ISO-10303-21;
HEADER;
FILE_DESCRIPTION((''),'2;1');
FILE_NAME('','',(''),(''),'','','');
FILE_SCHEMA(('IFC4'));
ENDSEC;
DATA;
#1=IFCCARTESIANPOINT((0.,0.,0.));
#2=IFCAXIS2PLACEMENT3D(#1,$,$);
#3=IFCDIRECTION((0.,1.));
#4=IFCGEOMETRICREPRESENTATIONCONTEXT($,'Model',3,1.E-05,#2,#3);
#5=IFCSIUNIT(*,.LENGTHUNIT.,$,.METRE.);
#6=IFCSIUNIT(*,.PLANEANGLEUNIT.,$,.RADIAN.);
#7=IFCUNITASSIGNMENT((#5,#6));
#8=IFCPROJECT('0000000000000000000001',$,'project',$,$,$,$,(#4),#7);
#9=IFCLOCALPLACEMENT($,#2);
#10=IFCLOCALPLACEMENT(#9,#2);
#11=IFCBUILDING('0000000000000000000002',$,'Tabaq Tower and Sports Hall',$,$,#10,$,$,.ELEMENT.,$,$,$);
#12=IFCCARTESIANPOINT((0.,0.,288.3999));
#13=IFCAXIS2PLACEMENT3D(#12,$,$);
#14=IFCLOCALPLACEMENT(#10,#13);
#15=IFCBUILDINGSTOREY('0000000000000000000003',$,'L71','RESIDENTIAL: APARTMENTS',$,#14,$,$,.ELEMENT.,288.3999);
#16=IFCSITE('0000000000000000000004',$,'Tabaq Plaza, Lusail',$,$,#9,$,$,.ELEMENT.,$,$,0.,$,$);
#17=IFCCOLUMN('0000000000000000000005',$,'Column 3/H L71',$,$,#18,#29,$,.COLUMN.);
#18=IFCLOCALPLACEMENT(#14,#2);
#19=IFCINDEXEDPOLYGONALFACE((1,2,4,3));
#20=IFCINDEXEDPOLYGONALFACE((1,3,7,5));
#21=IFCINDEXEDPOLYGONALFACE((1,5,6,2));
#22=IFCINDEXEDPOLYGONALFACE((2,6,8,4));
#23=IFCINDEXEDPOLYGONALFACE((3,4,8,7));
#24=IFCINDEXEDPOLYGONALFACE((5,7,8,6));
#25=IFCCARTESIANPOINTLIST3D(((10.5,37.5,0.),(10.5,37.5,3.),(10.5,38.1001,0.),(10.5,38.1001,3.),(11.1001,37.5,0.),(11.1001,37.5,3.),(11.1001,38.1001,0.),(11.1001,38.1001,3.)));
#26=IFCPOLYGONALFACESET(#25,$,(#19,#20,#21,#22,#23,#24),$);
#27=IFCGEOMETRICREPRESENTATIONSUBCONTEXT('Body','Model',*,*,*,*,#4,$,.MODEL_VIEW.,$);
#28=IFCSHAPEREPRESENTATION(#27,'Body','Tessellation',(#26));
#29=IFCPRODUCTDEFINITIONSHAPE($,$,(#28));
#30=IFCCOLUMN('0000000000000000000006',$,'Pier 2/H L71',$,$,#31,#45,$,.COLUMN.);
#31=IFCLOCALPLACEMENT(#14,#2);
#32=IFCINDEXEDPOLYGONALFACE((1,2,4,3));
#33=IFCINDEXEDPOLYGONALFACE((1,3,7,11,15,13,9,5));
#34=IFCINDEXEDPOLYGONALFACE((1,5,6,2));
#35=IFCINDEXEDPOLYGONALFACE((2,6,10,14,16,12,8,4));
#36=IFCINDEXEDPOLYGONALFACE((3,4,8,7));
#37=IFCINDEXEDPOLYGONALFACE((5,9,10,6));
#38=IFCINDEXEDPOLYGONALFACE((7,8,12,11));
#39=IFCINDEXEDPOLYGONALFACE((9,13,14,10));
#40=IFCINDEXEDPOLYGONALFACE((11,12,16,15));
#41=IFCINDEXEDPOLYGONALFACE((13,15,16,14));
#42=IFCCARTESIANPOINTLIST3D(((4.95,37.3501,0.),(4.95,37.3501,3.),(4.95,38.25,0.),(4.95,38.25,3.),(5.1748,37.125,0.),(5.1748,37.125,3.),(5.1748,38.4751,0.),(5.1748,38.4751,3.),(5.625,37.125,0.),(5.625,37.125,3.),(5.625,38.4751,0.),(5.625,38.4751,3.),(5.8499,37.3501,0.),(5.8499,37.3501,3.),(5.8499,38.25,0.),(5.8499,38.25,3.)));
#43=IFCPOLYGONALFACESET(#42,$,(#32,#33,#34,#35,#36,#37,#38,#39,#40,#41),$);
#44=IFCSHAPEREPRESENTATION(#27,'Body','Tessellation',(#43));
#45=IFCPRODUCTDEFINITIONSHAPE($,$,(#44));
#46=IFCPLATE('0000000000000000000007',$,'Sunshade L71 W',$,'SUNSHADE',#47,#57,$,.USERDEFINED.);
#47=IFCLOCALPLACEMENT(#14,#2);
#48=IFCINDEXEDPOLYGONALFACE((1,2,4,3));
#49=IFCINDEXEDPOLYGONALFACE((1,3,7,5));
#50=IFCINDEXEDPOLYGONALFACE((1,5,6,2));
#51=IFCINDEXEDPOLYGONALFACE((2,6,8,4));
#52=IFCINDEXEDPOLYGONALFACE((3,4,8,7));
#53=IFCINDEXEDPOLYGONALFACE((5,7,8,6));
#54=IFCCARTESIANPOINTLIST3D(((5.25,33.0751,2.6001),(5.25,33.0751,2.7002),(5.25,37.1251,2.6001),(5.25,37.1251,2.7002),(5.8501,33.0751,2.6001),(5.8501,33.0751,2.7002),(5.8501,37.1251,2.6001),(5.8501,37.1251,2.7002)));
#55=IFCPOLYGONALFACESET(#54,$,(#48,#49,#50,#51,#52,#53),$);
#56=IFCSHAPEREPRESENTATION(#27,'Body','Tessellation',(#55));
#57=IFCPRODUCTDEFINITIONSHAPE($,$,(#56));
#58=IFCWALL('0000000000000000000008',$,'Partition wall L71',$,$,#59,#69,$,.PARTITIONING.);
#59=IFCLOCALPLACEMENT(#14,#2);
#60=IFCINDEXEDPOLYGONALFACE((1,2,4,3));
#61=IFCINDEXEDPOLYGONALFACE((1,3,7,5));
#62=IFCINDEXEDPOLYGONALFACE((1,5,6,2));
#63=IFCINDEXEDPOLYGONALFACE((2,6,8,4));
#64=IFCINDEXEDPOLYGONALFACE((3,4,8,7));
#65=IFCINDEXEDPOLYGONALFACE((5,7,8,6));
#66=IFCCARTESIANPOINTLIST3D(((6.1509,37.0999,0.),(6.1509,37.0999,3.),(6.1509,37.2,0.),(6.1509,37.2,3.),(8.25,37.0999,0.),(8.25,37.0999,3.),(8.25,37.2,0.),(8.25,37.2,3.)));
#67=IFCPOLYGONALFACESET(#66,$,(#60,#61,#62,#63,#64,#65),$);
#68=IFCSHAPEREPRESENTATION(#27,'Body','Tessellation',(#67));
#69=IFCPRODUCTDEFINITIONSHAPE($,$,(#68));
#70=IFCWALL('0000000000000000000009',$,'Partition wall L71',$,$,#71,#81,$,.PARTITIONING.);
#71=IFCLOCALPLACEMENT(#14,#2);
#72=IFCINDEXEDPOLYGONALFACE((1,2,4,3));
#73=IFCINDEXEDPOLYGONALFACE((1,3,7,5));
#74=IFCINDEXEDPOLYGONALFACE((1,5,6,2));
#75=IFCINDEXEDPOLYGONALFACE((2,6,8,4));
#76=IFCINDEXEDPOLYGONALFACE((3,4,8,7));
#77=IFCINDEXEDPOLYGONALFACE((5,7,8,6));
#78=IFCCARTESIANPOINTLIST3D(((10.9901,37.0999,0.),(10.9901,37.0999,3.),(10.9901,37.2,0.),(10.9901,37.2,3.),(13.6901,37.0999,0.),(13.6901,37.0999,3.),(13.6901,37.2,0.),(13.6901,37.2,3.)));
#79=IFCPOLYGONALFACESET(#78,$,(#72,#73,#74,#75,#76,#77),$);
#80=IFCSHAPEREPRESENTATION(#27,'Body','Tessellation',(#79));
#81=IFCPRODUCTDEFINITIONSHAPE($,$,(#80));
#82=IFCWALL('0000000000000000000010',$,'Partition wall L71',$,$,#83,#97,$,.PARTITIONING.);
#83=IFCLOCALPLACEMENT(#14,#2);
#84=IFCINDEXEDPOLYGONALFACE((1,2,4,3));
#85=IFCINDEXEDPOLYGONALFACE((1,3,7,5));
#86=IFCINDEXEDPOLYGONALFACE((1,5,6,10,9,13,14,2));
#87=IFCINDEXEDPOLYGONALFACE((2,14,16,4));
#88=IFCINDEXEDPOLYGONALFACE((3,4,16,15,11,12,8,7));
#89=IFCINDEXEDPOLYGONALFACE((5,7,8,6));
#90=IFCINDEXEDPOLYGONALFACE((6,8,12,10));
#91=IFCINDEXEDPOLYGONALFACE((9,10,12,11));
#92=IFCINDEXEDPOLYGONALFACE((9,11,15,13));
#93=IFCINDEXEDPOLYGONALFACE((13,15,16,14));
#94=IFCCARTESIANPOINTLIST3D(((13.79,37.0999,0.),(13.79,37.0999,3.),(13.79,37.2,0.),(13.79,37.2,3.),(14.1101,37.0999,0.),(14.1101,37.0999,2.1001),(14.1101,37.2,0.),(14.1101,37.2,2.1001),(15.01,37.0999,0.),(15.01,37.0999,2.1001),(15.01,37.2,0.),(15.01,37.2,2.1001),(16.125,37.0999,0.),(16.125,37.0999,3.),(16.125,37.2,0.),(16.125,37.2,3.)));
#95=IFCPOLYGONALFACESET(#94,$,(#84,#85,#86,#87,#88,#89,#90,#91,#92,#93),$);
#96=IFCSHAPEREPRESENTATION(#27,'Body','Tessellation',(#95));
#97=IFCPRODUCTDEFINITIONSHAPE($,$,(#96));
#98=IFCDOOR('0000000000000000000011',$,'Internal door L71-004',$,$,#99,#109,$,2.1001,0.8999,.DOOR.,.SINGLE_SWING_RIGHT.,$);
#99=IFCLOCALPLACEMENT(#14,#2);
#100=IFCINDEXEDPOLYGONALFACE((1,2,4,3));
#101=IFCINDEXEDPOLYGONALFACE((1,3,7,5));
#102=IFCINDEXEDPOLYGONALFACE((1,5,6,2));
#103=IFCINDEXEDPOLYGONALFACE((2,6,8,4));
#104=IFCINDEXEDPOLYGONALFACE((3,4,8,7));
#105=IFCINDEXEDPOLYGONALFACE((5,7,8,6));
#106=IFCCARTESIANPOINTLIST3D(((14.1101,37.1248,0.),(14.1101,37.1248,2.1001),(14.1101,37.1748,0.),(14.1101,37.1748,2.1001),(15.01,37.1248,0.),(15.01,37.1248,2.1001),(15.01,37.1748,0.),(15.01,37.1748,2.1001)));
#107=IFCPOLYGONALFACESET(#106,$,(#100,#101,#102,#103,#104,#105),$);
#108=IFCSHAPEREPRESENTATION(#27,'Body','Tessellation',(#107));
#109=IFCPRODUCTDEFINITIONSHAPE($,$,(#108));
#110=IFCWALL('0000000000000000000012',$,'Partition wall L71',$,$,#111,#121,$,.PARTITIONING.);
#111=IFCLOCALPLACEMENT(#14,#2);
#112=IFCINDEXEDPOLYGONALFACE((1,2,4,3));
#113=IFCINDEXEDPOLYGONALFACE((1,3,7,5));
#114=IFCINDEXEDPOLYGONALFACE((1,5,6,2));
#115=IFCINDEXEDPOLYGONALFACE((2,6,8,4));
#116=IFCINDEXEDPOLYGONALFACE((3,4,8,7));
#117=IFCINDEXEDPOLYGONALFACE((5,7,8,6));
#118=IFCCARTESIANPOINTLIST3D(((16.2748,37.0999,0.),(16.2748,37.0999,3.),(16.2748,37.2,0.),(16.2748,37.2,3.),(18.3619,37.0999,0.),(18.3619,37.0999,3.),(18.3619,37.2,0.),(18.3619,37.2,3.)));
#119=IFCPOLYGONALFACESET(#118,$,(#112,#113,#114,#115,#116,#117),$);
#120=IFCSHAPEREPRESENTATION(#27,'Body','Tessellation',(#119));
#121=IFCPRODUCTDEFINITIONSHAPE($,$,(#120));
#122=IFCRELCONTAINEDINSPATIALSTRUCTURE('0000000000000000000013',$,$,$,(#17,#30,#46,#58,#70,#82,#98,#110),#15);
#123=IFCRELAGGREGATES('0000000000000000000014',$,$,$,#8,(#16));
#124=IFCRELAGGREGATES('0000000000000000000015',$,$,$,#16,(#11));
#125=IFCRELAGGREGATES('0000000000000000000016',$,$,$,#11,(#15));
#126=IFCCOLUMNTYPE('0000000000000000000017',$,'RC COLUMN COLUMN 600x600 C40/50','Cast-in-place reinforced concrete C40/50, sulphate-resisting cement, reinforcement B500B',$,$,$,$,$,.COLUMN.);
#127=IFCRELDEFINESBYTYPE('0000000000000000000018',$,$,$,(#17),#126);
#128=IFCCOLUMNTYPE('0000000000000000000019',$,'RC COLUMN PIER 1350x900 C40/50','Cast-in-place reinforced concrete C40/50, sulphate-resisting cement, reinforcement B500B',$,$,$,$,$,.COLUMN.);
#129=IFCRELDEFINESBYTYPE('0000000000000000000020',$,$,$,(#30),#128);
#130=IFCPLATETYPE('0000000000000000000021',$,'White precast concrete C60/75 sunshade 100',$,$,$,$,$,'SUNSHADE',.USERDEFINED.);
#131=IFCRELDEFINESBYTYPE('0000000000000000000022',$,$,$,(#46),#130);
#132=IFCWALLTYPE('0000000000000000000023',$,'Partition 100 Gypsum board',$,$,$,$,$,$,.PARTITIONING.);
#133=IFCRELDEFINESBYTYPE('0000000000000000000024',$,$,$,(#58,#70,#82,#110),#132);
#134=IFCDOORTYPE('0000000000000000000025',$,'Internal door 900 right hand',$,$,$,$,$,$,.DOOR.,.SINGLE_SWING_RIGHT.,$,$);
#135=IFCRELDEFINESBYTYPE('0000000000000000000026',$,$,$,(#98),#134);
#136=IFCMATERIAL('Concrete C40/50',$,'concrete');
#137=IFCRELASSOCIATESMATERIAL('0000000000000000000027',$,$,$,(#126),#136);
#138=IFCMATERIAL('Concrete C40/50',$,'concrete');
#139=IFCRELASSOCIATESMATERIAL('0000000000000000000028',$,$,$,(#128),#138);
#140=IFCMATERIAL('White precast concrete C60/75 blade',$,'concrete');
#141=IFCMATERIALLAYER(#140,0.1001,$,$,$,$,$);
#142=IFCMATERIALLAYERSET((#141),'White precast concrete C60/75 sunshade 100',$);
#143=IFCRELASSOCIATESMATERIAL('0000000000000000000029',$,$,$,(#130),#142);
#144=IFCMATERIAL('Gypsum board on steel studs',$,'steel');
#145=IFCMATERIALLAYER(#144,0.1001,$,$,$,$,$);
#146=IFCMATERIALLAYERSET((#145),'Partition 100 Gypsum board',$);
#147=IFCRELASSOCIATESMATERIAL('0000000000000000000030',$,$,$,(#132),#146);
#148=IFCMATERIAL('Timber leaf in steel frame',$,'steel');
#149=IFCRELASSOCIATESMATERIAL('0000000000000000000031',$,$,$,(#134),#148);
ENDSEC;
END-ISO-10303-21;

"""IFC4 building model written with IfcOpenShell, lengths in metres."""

from ifc_helpers import new_model, si_unit, direction, frame, frame_2d, origin, origin_2d, place, context, subcontext, project, spatial, polyline, rectangle, outline, extrude, material, layer, layer_set, material_profile, profile_set, type_object, element, fill, save


model = new_model("IFC4")

# Units and contexts
model_context = context("Model", 3, precision=1e-05, world=origin(), true_north=direction((0.0, 1.0)))
body_context = subcontext(model_context, "Body", "Model", "MODEL_VIEW")
ifc_project = project(units=[si_unit("LENGTHUNIT", "METRE"), si_unit("PLANEANGLEUNIT", "RADIAN")], contexts=[model_context])

# Site, building, storey
site_placement = place(None, origin())
site = spatial("IfcSite", under=ifc_project, at=site_placement, Name="Tabaq Plaza, Lusail", CompositionType="ELEMENT", RefElevation=0.0)
building_placement = place(site_placement, origin())
building = spatial("IfcBuilding", under=site, at=building_placement, Name="Tabaq Tower and Sports Hall", CompositionType="ELEMENT")
storey_placement = place(building_placement, frame((0.0, 0.0, 288.3999)))
storey = spatial("IfcBuildingStorey", under=building, at=storey_placement, Name="L71", Description="RESIDENTIAL: APARTMENTS", CompositionType="ELEMENT", Elevation=288.3999)

# Columns
ifc_material_1 = material(Name="Concrete C40/50", Category="concrete")
ifc_material_profile_1 = material_profile(ifc_material_1, rectangle(XDim=0.6001, YDim=0.6001, at=origin_2d()), Name="COLUMN 600x600")
ifc_profile_set_1 = profile_set([ifc_material_profile_1], Name="Concrete C40/50")
column_type_1 = type_object("IfcColumnType", Name="RC COLUMN COLUMN 600x600 C40/50", Description="Cast-in-place reinforced concrete C40/50, sulphate-resisting cement, reinforcement B500B", PredefinedType="COLUMN", material=ifc_profile_set_1)
column_1_placement = place(storey_placement, frame((10.8, 37.8, 0.0), z_axis=(0.0, 0.0, 1.0), x_axis=(1.0, 0.0, 0.0)))
element("IfcColumn", 1, at=column_1_placement, inside=storey, type_object=column_type_1, Name="Column 3/H L71", PredefinedType="COLUMN", context=body_context, shape_type="SweptSolid", body=[
    extrude(rectangle(XDim=0.6001, YDim=0.6001, at=origin_2d()), origin(), (0.0, 0.0, 1.0), 3.0),
])
ifc_material_2 = material(Name="Concrete C40/50", Category="concrete")
ifc_material_profile_2 = material_profile(ifc_material_2, outline(polyline([(-0.45, -0.45), (0.45, -0.45), (0.675, -0.2251), (0.675, 0.2251), (0.45, 0.45), (-0.45, 0.45), (-0.675, 0.2251), (-0.675, -0.2251), (-0.45, -0.45)])), Name="PIER 1350x900")
ifc_profile_set_2 = profile_set([ifc_material_profile_2], Name="Concrete C40/50")
column_type_2 = type_object("IfcColumnType", Name="RC COLUMN PIER 1350x900 C40/50", Description="Cast-in-place reinforced concrete C40/50, sulphate-resisting cement, reinforcement B500B", PredefinedType="COLUMN", material=ifc_profile_set_2)
column_2_placement = place(storey_placement, frame((5.3999, 37.8, 0.0), z_axis=(0.0, 0.0, 1.0), x_axis=(0.0, 1.0, 0.0)))
element("IfcColumn", 2, at=column_2_placement, inside=storey, type_object=column_type_2, Name="Pier 2/H L71", PredefinedType="COLUMN", context=body_context, shape_type="SweptSolid", body=[
    extrude(outline(polyline([(-0.45, -0.45), (0.45, -0.45), (0.675, -0.2251), (0.675, 0.2251), (0.45, 0.45), (-0.45, 0.45), (-0.675, 0.2251), (-0.675, -0.2251), (-0.45, -0.45)])), origin(), (0.0, 0.0, 1.0), 3.0),
])

# Plate
ifc_material_3 = material(Name="White precast concrete C60/75 blade", Category="concrete")
ifc_layer_1 = layer(ifc_material_3, 0.1001)
ifc_layer_set_1 = layer_set([ifc_layer_1], Name="White precast concrete C60/75 sunshade 100")
plate_type_1 = type_object("IfcPlateType", Name="White precast concrete C60/75 sunshade 100", ElementType="SUNSHADE", PredefinedType="USERDEFINED", material=ifc_layer_set_1)
plate_1_placement = place(storey_placement, frame((5.55, 35.1001, 2.6001), z_axis=(0.0, 0.0, 1.0), x_axis=(0.0, -1.0, 0.0)))
element("IfcPlate", 3, at=plate_1_placement, inside=storey, type_object=plate_type_1, Name="Sunshade L71 W", ObjectType="SUNSHADE", PredefinedType="USERDEFINED", context=body_context, shape_type="SweptSolid", body=[
    extrude(rectangle(XDim=4.05, YDim=0.6001, at=origin_2d()), origin(), (0.0, 0.0, 1.0), 0.1001),
])

# Walls
ifc_material_4 = material(Name="Gypsum board on steel studs", Category="steel")
ifc_layer_2 = layer(ifc_material_4, 0.1001)
ifc_layer_set_2 = layer_set([ifc_layer_2], Name="Partition 100 Gypsum board")
wall_type = type_object("IfcWallType", Name="Partition 100 Gypsum board", PredefinedType="PARTITIONING", material=ifc_layer_set_2)
wall_1_placement = place(storey_placement, frame((6.1509, 37.1499, 0.0), z_axis=(0.0, 0.0, 1.0), x_axis=(1.0, 0.0, 0.0)))
element("IfcWall", 4, at=wall_1_placement, inside=storey, type_object=wall_type, Name="Partition wall L71", PredefinedType="PARTITIONING", context=body_context, shape_type="SweptSolid", body=[
    extrude(rectangle(XDim=2.0991, YDim=0.1001, at=frame_2d((1.0496, 0.0))), origin(), (0.0, 0.0, 1.0), 3.0),
])
wall_2_placement = place(storey_placement, frame((10.99, 37.1499, 0.0), z_axis=(0.0, 0.0, 1.0), x_axis=(1.0, 0.0, 0.0)))
element("IfcWall", 5, at=wall_2_placement, inside=storey, type_object=wall_type, Name="Partition wall L71", PredefinedType="PARTITIONING", context=body_context, shape_type="SweptSolid", body=[
    extrude(rectangle(XDim=2.7, YDim=0.1001, at=frame_2d((1.3501, 0.0))), origin(), (0.0, 0.0, 1.0), 3.0),
])

# Wall, opening, door
wall_3_placement = place(storey_placement, frame((13.79, 37.1499, 0.0), z_axis=(0.0, 0.0, 1.0), x_axis=(1.0, 0.0, 0.0)))
wall_3 = element("IfcWall", 6, at=wall_3_placement, inside=storey, type_object=wall_type, Name="Partition wall L71", PredefinedType="PARTITIONING", context=body_context, shape_type="SweptSolid", body=[
    extrude(rectangle(XDim=2.335, YDim=0.1001, at=frame_2d((1.1675, 0.0))), origin(), (0.0, 0.0, 1.0), 3.0),
])
opening_placement = place(wall_3_placement, frame((0.3201, 0.0, 0.0)))
opening = element("IfcOpeningElement", 7, at=opening_placement, cuts=wall_3, PredefinedType="OPENING", context=body_context, shape_type="SweptSolid", body=[
    extrude(rectangle(XDim=0.8999, YDim=2.1001, at=frame_2d((0.45, 1.05))), frame((0.0, 0.05, 0.0), z_axis=(0.0, -1.0, 0.0), x_axis=(1.0, 0.0, 0.0)), (0.0, 0.0, 1.0), 0.1001),
])
ifc_material_5 = material(Name="Timber leaf in steel frame", Category="steel")
door_type = type_object("IfcDoorType", Name="Internal door 900 right hand", OperationType="SINGLE_SWING_RIGHT", PredefinedType="DOOR", material=ifc_material_5)
door_placement = place(opening_placement, origin())
door = element("IfcDoor", 8, at=door_placement, inside=storey, type_object=door_type, Name="Internal door L71-004", OperationType="SINGLE_SWING_RIGHT", OverallHeight=2.1001, OverallWidth=0.8999, PredefinedType="DOOR", context=body_context, shape_type="SweptSolid", body=[
    extrude(rectangle(XDim=0.8999, YDim=2.1001, at=frame_2d((0.45, 1.05))), frame((0.0, 0.0249, 0.0), z_axis=(0.0, -1.0, 0.0), x_axis=(1.0, 0.0, 0.0)), (0.0, 0.0, 1.0), 0.05),
])
fill(opening, door)

# Wall
wall_4_placement = place(storey_placement, frame((16.2749, 37.1499, 0.0), z_axis=(0.0, 0.0, 1.0), x_axis=(1.0, 0.0, 0.0)))
element("IfcWall", 9, at=wall_4_placement, inside=storey, type_object=wall_type, Name="Partition wall L71", PredefinedType="PARTITIONING", context=body_context, shape_type="SweptSolid", body=[
    extrude(rectangle(XDim=2.0872, YDim=0.1001, at=frame_2d((1.0435, 0.0))), origin(), (0.0, 0.0, 1.0), 3.0),
])

save(model, "model.ifc")
